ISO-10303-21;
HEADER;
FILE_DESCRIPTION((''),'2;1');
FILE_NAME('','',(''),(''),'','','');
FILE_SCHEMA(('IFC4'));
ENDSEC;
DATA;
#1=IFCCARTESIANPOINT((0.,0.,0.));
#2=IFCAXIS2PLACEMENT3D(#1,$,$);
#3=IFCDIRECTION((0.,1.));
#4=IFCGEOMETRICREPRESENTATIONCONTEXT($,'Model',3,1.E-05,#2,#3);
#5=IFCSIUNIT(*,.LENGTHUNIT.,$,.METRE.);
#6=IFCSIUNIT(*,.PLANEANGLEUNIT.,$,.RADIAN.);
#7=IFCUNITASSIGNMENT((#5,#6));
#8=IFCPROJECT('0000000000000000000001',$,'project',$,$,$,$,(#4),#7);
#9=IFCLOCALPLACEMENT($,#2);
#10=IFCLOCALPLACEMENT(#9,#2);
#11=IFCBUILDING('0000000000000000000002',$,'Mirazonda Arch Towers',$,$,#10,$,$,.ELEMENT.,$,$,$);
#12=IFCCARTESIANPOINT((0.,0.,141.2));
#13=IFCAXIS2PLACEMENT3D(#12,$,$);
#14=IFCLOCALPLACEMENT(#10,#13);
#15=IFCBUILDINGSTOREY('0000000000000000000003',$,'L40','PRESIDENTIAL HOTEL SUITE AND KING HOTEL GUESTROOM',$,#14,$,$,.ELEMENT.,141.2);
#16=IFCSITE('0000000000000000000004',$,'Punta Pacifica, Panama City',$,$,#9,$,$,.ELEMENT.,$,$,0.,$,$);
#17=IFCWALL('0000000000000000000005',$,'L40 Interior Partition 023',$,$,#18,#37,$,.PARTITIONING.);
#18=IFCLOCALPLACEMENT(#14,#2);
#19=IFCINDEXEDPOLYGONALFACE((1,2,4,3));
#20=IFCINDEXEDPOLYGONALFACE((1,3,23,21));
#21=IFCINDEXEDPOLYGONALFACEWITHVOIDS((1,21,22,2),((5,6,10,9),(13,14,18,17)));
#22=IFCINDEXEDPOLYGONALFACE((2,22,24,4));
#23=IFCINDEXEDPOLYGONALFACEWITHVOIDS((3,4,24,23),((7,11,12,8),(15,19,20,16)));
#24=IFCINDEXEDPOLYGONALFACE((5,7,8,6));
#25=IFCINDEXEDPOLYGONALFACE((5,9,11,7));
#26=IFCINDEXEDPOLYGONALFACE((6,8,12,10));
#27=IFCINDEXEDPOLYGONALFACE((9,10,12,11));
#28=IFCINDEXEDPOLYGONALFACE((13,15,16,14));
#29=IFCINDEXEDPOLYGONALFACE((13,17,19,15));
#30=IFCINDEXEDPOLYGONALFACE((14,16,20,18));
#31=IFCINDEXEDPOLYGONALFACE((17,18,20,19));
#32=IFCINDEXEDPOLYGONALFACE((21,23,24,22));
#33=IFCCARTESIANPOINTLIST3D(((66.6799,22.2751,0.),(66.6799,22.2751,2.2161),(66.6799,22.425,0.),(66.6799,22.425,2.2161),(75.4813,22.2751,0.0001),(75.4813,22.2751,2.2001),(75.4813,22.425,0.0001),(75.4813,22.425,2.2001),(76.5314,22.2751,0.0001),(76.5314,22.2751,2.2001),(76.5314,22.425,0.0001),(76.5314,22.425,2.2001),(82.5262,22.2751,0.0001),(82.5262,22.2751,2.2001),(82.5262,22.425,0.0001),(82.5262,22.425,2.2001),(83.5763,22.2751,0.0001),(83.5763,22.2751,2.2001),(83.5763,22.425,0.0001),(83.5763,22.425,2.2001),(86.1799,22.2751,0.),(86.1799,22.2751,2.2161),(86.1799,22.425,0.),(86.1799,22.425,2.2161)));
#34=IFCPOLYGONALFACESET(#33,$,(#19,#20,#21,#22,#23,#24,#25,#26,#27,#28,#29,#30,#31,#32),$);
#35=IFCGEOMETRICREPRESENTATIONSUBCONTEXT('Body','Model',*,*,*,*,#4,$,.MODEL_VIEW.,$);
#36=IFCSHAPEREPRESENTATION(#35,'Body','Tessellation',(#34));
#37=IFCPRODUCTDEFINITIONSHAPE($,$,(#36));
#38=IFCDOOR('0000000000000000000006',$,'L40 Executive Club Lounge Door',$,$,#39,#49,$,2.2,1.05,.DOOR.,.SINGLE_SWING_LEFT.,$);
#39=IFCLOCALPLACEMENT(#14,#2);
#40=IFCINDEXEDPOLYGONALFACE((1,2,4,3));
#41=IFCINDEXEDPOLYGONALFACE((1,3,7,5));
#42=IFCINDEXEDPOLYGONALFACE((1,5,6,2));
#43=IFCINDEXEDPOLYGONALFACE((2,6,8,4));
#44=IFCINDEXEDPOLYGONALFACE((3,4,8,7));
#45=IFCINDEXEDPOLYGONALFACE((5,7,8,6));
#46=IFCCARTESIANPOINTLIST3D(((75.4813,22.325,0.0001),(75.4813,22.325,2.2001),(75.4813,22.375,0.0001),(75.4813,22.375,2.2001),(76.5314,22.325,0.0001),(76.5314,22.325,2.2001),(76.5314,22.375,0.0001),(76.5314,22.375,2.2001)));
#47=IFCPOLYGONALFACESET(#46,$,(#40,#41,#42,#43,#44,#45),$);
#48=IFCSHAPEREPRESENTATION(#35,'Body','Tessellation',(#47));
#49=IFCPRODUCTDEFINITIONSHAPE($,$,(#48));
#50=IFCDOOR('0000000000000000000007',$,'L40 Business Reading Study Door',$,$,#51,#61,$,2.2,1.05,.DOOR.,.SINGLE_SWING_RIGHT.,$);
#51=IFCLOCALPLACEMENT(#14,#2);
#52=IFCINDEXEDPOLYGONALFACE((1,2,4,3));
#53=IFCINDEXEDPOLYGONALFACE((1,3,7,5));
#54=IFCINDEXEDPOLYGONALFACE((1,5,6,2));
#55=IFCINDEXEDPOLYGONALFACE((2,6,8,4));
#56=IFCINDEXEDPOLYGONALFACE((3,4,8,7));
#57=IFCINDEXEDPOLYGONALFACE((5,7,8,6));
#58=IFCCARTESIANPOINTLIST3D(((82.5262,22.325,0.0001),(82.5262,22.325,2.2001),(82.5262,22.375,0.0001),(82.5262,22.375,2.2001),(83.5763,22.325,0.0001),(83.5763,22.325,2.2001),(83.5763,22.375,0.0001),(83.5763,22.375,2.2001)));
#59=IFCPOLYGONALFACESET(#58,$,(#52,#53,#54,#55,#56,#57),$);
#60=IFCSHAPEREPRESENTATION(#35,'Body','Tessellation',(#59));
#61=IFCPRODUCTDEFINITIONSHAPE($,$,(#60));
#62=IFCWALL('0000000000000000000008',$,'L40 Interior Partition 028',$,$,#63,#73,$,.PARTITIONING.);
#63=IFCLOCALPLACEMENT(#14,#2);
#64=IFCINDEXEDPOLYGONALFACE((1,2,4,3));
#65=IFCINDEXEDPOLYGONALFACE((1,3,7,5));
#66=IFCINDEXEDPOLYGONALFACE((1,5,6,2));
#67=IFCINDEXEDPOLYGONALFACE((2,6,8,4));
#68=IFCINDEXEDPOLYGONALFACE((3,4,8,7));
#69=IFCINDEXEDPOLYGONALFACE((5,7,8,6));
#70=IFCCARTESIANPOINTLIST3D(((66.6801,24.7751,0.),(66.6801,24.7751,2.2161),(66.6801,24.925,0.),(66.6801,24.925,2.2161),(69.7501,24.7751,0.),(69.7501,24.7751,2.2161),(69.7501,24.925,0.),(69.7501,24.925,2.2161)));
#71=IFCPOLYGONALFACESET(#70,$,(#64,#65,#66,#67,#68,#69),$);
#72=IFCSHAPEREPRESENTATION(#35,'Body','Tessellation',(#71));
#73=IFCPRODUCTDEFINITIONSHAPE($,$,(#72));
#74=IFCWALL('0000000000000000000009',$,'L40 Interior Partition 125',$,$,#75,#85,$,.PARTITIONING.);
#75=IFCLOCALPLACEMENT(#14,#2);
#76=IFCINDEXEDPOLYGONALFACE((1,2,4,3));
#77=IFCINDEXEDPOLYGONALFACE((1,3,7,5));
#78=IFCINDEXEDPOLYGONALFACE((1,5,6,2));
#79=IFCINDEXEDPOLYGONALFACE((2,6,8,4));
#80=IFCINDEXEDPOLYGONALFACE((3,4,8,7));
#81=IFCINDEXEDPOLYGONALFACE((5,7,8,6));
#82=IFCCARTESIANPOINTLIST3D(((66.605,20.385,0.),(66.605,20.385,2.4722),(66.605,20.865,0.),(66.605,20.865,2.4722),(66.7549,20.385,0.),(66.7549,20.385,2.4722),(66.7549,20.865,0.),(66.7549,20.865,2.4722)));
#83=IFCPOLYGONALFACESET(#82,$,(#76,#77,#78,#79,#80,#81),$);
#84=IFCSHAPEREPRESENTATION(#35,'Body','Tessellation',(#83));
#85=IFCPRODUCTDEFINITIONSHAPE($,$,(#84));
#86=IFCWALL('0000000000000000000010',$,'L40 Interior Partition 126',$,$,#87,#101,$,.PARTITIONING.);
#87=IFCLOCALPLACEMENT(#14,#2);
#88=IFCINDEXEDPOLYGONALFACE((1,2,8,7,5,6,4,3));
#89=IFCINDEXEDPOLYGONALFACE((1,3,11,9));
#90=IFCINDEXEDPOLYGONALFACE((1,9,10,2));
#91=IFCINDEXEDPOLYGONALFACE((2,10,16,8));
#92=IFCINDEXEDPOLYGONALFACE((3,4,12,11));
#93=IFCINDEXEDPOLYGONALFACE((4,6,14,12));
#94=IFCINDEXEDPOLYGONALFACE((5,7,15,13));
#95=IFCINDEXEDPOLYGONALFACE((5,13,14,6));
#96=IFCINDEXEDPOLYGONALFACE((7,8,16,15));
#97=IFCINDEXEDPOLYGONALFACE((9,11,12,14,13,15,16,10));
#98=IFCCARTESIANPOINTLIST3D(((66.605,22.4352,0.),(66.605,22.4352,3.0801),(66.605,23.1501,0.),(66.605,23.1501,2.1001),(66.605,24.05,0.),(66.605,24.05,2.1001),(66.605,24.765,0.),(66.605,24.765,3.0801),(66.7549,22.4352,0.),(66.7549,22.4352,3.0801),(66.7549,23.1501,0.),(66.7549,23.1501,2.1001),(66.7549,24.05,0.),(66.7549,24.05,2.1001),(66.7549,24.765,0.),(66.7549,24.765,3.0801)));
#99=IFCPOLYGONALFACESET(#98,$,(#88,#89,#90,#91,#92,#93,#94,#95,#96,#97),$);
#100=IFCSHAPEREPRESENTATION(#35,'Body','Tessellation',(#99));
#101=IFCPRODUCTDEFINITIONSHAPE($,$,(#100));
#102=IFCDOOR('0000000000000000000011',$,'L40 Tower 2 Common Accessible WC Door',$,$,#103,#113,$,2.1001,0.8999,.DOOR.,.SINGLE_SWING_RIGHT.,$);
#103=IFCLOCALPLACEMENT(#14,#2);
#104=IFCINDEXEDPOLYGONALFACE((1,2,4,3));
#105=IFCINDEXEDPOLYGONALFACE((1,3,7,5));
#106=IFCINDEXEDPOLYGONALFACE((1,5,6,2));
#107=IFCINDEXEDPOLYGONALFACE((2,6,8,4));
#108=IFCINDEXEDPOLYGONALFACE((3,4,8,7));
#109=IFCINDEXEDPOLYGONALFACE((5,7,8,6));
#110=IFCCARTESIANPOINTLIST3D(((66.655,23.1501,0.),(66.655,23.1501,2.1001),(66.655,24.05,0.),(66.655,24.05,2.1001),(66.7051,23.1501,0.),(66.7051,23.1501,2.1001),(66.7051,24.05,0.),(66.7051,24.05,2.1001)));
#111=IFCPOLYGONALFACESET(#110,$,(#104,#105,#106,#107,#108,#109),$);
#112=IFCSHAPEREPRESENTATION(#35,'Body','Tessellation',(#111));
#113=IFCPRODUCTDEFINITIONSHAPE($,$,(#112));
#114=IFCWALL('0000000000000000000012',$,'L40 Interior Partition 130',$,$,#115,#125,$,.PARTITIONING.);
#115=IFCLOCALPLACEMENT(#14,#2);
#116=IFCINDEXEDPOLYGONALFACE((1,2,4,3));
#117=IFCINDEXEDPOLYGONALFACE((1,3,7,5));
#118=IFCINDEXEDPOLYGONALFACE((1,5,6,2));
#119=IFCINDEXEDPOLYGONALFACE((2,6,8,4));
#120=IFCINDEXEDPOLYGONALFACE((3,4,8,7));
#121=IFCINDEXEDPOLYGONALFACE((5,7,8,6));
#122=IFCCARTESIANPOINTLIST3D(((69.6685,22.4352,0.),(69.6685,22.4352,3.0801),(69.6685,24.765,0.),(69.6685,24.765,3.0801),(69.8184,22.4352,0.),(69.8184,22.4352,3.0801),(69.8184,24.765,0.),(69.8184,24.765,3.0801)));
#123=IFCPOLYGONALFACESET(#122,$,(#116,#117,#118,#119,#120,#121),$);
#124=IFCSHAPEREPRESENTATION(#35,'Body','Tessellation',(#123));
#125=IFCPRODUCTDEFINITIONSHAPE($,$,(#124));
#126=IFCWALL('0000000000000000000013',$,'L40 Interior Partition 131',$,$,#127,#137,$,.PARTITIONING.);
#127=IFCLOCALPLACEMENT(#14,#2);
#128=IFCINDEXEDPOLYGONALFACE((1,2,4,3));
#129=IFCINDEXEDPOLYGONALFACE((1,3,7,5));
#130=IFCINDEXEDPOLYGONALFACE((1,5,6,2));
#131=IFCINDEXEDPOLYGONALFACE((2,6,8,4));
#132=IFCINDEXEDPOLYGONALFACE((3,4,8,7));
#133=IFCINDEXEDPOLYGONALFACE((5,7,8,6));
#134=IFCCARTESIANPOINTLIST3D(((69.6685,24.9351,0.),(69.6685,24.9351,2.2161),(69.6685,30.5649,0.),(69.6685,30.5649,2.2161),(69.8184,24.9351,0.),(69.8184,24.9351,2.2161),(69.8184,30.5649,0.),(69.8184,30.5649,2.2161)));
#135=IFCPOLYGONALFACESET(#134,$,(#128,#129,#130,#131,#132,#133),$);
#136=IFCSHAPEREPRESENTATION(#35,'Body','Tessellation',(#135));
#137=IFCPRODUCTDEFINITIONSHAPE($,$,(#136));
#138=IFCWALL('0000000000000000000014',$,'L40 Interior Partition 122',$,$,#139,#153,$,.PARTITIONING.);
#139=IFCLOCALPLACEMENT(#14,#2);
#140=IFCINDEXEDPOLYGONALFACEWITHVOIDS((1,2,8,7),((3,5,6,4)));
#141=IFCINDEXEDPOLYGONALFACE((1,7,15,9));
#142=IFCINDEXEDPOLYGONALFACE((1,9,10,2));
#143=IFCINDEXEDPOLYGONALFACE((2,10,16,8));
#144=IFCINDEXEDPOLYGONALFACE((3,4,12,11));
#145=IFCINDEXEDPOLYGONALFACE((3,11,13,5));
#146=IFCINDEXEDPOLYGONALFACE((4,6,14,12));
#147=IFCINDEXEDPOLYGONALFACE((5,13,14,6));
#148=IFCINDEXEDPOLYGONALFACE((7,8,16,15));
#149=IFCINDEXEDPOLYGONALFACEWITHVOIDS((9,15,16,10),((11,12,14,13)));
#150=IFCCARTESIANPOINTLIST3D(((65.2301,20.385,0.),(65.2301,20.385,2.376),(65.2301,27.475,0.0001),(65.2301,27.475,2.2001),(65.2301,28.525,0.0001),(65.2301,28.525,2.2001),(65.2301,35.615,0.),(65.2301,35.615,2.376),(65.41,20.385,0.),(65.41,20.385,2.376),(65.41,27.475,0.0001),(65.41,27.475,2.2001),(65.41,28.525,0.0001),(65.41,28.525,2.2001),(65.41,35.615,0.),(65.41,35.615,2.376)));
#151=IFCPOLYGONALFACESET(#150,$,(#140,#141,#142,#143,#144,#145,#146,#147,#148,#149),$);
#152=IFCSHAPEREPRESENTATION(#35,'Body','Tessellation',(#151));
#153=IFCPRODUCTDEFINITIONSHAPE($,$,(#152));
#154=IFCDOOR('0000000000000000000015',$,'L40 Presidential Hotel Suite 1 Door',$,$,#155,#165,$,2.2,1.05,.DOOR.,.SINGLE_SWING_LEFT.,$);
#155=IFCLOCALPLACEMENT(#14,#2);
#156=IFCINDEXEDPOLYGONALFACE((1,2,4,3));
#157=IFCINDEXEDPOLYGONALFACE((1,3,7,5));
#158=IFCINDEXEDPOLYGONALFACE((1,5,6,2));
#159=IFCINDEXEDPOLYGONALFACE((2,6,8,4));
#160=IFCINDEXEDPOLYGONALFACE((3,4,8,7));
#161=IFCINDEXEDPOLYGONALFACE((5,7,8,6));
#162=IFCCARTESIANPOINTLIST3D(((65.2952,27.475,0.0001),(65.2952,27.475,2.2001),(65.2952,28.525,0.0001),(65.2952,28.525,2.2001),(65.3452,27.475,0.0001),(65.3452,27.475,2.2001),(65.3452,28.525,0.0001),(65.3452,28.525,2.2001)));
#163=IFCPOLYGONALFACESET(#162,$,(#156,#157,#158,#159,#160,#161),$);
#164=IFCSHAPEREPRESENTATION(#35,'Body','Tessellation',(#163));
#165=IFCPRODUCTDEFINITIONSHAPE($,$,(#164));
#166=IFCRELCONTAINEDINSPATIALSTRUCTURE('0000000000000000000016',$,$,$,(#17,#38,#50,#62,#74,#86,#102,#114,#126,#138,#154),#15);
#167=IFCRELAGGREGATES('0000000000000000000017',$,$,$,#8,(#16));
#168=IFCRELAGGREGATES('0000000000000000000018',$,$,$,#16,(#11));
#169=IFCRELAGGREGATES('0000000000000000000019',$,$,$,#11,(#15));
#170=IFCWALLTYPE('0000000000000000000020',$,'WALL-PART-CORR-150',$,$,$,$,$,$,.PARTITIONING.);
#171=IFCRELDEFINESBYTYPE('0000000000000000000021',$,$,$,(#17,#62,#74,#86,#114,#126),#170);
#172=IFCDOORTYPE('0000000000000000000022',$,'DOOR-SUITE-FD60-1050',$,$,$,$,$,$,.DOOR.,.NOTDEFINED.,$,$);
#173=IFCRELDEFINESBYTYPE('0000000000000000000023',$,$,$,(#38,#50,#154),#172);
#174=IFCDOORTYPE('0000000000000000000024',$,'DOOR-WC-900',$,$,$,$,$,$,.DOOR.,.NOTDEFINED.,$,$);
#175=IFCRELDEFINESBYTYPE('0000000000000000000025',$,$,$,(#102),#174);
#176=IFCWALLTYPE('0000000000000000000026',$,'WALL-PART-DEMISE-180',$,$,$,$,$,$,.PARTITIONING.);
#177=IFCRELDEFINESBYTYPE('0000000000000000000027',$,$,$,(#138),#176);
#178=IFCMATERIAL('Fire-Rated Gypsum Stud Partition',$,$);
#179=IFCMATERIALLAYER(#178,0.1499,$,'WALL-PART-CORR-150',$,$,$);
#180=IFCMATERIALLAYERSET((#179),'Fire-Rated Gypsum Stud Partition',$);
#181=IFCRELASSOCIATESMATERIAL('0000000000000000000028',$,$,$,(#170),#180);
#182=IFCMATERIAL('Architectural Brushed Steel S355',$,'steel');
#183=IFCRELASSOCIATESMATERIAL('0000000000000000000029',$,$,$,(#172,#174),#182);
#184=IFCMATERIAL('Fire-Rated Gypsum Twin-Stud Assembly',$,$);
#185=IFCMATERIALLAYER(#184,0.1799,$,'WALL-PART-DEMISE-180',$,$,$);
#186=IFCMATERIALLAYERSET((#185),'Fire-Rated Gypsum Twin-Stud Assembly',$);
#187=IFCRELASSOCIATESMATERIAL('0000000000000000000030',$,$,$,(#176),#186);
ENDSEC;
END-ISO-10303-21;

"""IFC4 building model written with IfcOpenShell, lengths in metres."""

from ifc_helpers import new_model, si_unit, direction, frame, frame_2d, origin, place, context, subcontext, project, spatial, rectangle, extrude, material, layer, layer_set, type_object, element, fill, save


model = new_model("IFC4")

# Units and contexts
model_context = context("Model", 3, precision=1e-05, world=origin(), true_north=direction((0.0, 1.0)))
body_context = subcontext(model_context, "Body", "Model", "MODEL_VIEW")
ifc_project = project(units=[si_unit("LENGTHUNIT", "METRE"), si_unit("PLANEANGLEUNIT", "RADIAN")], contexts=[model_context])

# Site, building, storey
site_placement = place(None, origin())
site = spatial("IfcSite", under=ifc_project, at=site_placement, Name="Punta Pacifica, Panama City", CompositionType="ELEMENT", RefElevation=0.0)
building_placement = place(site_placement, origin())
building = spatial("IfcBuilding", under=site, at=building_placement, Name="Mirazonda Arch Towers", CompositionType="ELEMENT")
storey_placement = place(building_placement, frame((0.0, 0.0, 141.2)))
storey = spatial("IfcBuildingStorey", under=building, at=storey_placement, Name="L40", Description="PRESIDENTIAL HOTEL SUITE AND KING HOTEL GUESTROOM", CompositionType="ELEMENT", Elevation=141.2)

# Shared definitions
ifc_material_1 = material(Name="Architectural Brushed Steel S355", Category="steel")

# Shared definitions
ifc_material_2 = material(Name="Fire-Rated Gypsum Stud Partition")
ifc_layer_1 = layer(ifc_material_2, 0.1499, Name="WALL-PART-CORR-150")
ifc_layer_set_1 = layer_set([ifc_layer_1], Name="Fire-Rated Gypsum Stud Partition")
wall_type_1 = type_object("IfcWallType", Name="WALL-PART-CORR-150", PredefinedType="PARTITIONING", material=ifc_layer_set_1)

# Wall, openings, doors
wall_1_placement = place(storey_placement, frame((66.6799, 22.3501, 0.0), z_axis=(0.0, 0.0, 1.0), x_axis=(1.0, 0.0, 0.0)))
wall_1 = element("IfcWall", 1, at=wall_1_placement, inside=storey, type_object=wall_type_1, Name="L40 Interior Partition 023", PredefinedType="PARTITIONING", context=body_context, shape_type="SweptSolid", body=[
    extrude(rectangle(XDim=19.5, YDim=0.1499, at=frame_2d((9.75, 0.0))), origin(), (0.0, 0.0, 1.0), 2.2161),
])
opening_1_placement = place(wall_1_placement, frame((8.8015, 0.0, 0.0)))
opening_1 = element("IfcOpeningElement", 2, at=opening_1_placement, cuts=wall_1, PredefinedType="OPENING", context=body_context, shape_type="SweptSolid", body=[
    extrude(rectangle(XDim=1.05, YDim=2.2, at=frame_2d((0.5249, 1.1001))), frame((0.0, 0.085, 0.0), z_axis=(0.0, -1.0, 0.0), x_axis=(1.0, 0.0, 0.0)), (0.0, 0.0, 1.0), 0.1699),
])
opening_2_placement = place(wall_1_placement, frame((15.8464, 0.0, 0.0)))
opening_2 = element("IfcOpeningElement", 3, at=opening_2_placement, cuts=wall_1, PredefinedType="OPENING", context=body_context, shape_type="SweptSolid", body=[
    extrude(rectangle(XDim=1.05, YDim=2.2, at=frame_2d((0.5249, 1.1001))), frame((0.0, 0.085, 0.0), z_axis=(0.0, -1.0, 0.0), x_axis=(1.0, 0.0, 0.0)), (0.0, 0.0, 1.0), 0.1699),
])
door_type_1 = type_object("IfcDoorType", Name="DOOR-SUITE-FD60-1050", OperationType="NOTDEFINED", PredefinedType="DOOR", material=ifc_material_1)
door_1_placement = place(opening_1_placement, origin())
door_1 = element("IfcDoor", 4, at=door_1_placement, inside=storey, type_object=door_type_1, Name="L40 Executive Club Lounge Door", OperationType="SINGLE_SWING_LEFT", OverallHeight=2.2, OverallWidth=1.05, PredefinedType="DOOR", context=body_context, shape_type="SweptSolid", body=[
    extrude(rectangle(XDim=1.05, YDim=2.2, at=frame_2d((0.5249, 1.1001))), frame((0.0, 0.0249, 0.0), z_axis=(0.0, -1.0, 0.0), x_axis=(1.0, 0.0, 0.0)), (0.0, 0.0, 1.0), 0.05),
])
fill(opening_1, door_1)
door_2_placement = place(opening_2_placement, origin())
door_2 = element("IfcDoor", 5, at=door_2_placement, inside=storey, type_object=door_type_1, Name="L40 Business Reading Study Door", OperationType="SINGLE_SWING_RIGHT", OverallHeight=2.2, OverallWidth=1.05, PredefinedType="DOOR", context=body_context, shape_type="SweptSolid", body=[
    extrude(rectangle(XDim=1.05, YDim=2.2, at=frame_2d((0.5249, 1.1001))), frame((0.0, 0.0249, 0.0), z_axis=(0.0, -1.0, 0.0), x_axis=(1.0, 0.0, 0.0)), (0.0, 0.0, 1.0), 0.05),
])
fill(opening_2, door_2)

# Walls
wall_2_placement = place(storey_placement, frame((66.6799, 24.8501, 0.0), z_axis=(0.0, 0.0, 1.0), x_axis=(1.0, 0.0, 0.0)))
element("IfcWall", 6, at=wall_2_placement, inside=storey, type_object=wall_type_1, Name="L40 Interior Partition 028", PredefinedType="PARTITIONING", context=body_context, shape_type="SweptSolid", body=[
    extrude(rectangle(XDim=3.0701, YDim=0.1499, at=frame_2d((1.5352, 0.0))), origin(), (0.0, 0.0, 1.0), 2.2161),
])
wall_3_placement = place(storey_placement, frame((66.6799, 20.385, 0.0), z_axis=(0.0, 0.0, 1.0), x_axis=(0.0, 1.0, 0.0)))
element("IfcWall", 7, at=wall_3_placement, inside=storey, type_object=wall_type_1, Name="L40 Interior Partition 125", PredefinedType="PARTITIONING", context=body_context, shape_type="SweptSolid", body=[
    extrude(rectangle(XDim=0.48, YDim=0.1499, at=frame_2d((0.24, 0.0))), origin(), (0.0, 0.0, 1.0), 2.4722),
])

# Wall, opening, door
wall_4_placement = place(storey_placement, frame((66.6799, 22.4351, 0.0), z_axis=(0.0, 0.0, 1.0), x_axis=(0.0, 1.0, 0.0)))
wall_4 = element("IfcWall", 8, at=wall_4_placement, inside=storey, type_object=wall_type_1, Name="L40 Interior Partition 126", PredefinedType="PARTITIONING", context=body_context, shape_type="SweptSolid", body=[
    extrude(rectangle(XDim=2.3298, YDim=0.1499, at=frame_2d((1.165, 0.0))), origin(), (0.0, 0.0, 1.0), 3.0801),
])
opening_3_placement = place(wall_4_placement, frame((0.7151, 0.0, 0.0)))
opening_3 = element("IfcOpeningElement", 9, at=opening_3_placement, cuts=wall_4, PredefinedType="OPENING", context=body_context, shape_type="SweptSolid", body=[
    extrude(rectangle(XDim=0.8999, YDim=2.1001, at=frame_2d((0.45, 1.05))), frame((0.0, 0.085, 0.0), z_axis=(0.0, -1.0, 0.0), x_axis=(1.0, 0.0, 0.0)), (0.0, 0.0, 1.0), 0.1699),
])
door_type_2 = type_object("IfcDoorType", Name="DOOR-WC-900", OperationType="NOTDEFINED", PredefinedType="DOOR", material=ifc_material_1)
door_3_placement = place(opening_3_placement, origin())
door_3 = element("IfcDoor", 10, at=door_3_placement, inside=storey, type_object=door_type_2, Name="L40 Tower 2 Common Accessible WC Door", OperationType="SINGLE_SWING_RIGHT", OverallHeight=2.1001, OverallWidth=0.8999, PredefinedType="DOOR", context=body_context, shape_type="SweptSolid", body=[
    extrude(rectangle(XDim=0.8999, YDim=2.1001, at=frame_2d((0.45, 1.05))), frame((0.0, 0.0249, 0.0), z_axis=(0.0, -1.0, 0.0), x_axis=(1.0, 0.0, 0.0)), (0.0, 0.0, 1.0), 0.05),
])
fill(opening_3, door_3)

# Walls
wall_5_placement = place(storey_placement, frame((69.7434, 22.4351, 0.0), z_axis=(0.0, 0.0, 1.0), x_axis=(0.0, 1.0, 0.0)))
element("IfcWall", 11, at=wall_5_placement, inside=storey, type_object=wall_type_1, Name="L40 Interior Partition 130", PredefinedType="PARTITIONING", context=body_context, shape_type="SweptSolid", body=[
    extrude(rectangle(XDim=2.3298, YDim=0.1499, at=frame_2d((1.165, 0.0))), origin(), (0.0, 0.0, 1.0), 3.0801),
])
wall_6_placement = place(storey_placement, frame((69.7434, 24.9351, 0.0), z_axis=(0.0, 0.0, 1.0), x_axis=(0.0, 1.0, 0.0)))
element("IfcWall", 12, at=wall_6_placement, inside=storey, type_object=wall_type_1, Name="L40 Interior Partition 131", PredefinedType="PARTITIONING", context=body_context, shape_type="SweptSolid", body=[
    extrude(rectangle(XDim=5.6299, YDim=0.1499, at=frame_2d((2.8149, 0.0))), origin(), (0.0, 0.0, 1.0), 2.2161),
])

# Wall, opening, door
ifc_material_3 = material(Name="Fire-Rated Gypsum Twin-Stud Assembly")
ifc_layer_2 = layer(ifc_material_3, 0.1799, Name="WALL-PART-DEMISE-180")
ifc_layer_set_2 = layer_set([ifc_layer_2], Name="Fire-Rated Gypsum Twin-Stud Assembly")
wall_type_2 = type_object("IfcWallType", Name="WALL-PART-DEMISE-180", PredefinedType="PARTITIONING", material=ifc_layer_set_2)
wall_7_placement = place(storey_placement, frame((65.3201, 20.385, 0.0), z_axis=(0.0, 0.0, 1.0), x_axis=(0.0, 1.0, 0.0)))
wall_7 = element("IfcWall", 13, at=wall_7_placement, inside=storey, type_object=wall_type_2, Name="L40 Interior Partition 122", PredefinedType="PARTITIONING", context=body_context, shape_type="SweptSolid", body=[
    extrude(rectangle(XDim=15.23, YDim=0.1799, at=frame_2d((7.615, 0.0))), origin(), (0.0, 0.0, 1.0), 2.376),
])
opening_4_placement = place(wall_7_placement, frame((7.0901, 0.0, 0.0)))
opening_4 = element("IfcOpeningElement", 14, at=opening_4_placement, cuts=wall_7, PredefinedType="OPENING", context=body_context, shape_type="SweptSolid", body=[
    extrude(rectangle(XDim=1.05, YDim=2.2, at=frame_2d((0.5249, 1.1001))), frame((0.0, 0.0999, 0.0), z_axis=(0.0, -1.0, 0.0), x_axis=(1.0, 0.0, 0.0)), (0.0, 0.0, 1.0), 0.2),
])
door_4_placement = place(opening_4_placement, origin())
door_4 = element("IfcDoor", 15, at=door_4_placement, inside=storey, type_object=door_type_1, Name="L40 Presidential Hotel Suite 1 Door", OperationType="SINGLE_SWING_LEFT", OverallHeight=2.2, OverallWidth=1.05, PredefinedType="DOOR", context=body_context, shape_type="SweptSolid", body=[
    extrude(rectangle(XDim=1.05, YDim=2.2, at=frame_2d((0.5249, 1.1001))), frame((0.0, 0.0249, 0.0), z_axis=(0.0, -1.0, 0.0), x_axis=(1.0, 0.0, 0.0)), (0.0, 0.0, 1.0), 0.05),
])
fill(opening_4, door_4)

save(model, "model.ifc")
